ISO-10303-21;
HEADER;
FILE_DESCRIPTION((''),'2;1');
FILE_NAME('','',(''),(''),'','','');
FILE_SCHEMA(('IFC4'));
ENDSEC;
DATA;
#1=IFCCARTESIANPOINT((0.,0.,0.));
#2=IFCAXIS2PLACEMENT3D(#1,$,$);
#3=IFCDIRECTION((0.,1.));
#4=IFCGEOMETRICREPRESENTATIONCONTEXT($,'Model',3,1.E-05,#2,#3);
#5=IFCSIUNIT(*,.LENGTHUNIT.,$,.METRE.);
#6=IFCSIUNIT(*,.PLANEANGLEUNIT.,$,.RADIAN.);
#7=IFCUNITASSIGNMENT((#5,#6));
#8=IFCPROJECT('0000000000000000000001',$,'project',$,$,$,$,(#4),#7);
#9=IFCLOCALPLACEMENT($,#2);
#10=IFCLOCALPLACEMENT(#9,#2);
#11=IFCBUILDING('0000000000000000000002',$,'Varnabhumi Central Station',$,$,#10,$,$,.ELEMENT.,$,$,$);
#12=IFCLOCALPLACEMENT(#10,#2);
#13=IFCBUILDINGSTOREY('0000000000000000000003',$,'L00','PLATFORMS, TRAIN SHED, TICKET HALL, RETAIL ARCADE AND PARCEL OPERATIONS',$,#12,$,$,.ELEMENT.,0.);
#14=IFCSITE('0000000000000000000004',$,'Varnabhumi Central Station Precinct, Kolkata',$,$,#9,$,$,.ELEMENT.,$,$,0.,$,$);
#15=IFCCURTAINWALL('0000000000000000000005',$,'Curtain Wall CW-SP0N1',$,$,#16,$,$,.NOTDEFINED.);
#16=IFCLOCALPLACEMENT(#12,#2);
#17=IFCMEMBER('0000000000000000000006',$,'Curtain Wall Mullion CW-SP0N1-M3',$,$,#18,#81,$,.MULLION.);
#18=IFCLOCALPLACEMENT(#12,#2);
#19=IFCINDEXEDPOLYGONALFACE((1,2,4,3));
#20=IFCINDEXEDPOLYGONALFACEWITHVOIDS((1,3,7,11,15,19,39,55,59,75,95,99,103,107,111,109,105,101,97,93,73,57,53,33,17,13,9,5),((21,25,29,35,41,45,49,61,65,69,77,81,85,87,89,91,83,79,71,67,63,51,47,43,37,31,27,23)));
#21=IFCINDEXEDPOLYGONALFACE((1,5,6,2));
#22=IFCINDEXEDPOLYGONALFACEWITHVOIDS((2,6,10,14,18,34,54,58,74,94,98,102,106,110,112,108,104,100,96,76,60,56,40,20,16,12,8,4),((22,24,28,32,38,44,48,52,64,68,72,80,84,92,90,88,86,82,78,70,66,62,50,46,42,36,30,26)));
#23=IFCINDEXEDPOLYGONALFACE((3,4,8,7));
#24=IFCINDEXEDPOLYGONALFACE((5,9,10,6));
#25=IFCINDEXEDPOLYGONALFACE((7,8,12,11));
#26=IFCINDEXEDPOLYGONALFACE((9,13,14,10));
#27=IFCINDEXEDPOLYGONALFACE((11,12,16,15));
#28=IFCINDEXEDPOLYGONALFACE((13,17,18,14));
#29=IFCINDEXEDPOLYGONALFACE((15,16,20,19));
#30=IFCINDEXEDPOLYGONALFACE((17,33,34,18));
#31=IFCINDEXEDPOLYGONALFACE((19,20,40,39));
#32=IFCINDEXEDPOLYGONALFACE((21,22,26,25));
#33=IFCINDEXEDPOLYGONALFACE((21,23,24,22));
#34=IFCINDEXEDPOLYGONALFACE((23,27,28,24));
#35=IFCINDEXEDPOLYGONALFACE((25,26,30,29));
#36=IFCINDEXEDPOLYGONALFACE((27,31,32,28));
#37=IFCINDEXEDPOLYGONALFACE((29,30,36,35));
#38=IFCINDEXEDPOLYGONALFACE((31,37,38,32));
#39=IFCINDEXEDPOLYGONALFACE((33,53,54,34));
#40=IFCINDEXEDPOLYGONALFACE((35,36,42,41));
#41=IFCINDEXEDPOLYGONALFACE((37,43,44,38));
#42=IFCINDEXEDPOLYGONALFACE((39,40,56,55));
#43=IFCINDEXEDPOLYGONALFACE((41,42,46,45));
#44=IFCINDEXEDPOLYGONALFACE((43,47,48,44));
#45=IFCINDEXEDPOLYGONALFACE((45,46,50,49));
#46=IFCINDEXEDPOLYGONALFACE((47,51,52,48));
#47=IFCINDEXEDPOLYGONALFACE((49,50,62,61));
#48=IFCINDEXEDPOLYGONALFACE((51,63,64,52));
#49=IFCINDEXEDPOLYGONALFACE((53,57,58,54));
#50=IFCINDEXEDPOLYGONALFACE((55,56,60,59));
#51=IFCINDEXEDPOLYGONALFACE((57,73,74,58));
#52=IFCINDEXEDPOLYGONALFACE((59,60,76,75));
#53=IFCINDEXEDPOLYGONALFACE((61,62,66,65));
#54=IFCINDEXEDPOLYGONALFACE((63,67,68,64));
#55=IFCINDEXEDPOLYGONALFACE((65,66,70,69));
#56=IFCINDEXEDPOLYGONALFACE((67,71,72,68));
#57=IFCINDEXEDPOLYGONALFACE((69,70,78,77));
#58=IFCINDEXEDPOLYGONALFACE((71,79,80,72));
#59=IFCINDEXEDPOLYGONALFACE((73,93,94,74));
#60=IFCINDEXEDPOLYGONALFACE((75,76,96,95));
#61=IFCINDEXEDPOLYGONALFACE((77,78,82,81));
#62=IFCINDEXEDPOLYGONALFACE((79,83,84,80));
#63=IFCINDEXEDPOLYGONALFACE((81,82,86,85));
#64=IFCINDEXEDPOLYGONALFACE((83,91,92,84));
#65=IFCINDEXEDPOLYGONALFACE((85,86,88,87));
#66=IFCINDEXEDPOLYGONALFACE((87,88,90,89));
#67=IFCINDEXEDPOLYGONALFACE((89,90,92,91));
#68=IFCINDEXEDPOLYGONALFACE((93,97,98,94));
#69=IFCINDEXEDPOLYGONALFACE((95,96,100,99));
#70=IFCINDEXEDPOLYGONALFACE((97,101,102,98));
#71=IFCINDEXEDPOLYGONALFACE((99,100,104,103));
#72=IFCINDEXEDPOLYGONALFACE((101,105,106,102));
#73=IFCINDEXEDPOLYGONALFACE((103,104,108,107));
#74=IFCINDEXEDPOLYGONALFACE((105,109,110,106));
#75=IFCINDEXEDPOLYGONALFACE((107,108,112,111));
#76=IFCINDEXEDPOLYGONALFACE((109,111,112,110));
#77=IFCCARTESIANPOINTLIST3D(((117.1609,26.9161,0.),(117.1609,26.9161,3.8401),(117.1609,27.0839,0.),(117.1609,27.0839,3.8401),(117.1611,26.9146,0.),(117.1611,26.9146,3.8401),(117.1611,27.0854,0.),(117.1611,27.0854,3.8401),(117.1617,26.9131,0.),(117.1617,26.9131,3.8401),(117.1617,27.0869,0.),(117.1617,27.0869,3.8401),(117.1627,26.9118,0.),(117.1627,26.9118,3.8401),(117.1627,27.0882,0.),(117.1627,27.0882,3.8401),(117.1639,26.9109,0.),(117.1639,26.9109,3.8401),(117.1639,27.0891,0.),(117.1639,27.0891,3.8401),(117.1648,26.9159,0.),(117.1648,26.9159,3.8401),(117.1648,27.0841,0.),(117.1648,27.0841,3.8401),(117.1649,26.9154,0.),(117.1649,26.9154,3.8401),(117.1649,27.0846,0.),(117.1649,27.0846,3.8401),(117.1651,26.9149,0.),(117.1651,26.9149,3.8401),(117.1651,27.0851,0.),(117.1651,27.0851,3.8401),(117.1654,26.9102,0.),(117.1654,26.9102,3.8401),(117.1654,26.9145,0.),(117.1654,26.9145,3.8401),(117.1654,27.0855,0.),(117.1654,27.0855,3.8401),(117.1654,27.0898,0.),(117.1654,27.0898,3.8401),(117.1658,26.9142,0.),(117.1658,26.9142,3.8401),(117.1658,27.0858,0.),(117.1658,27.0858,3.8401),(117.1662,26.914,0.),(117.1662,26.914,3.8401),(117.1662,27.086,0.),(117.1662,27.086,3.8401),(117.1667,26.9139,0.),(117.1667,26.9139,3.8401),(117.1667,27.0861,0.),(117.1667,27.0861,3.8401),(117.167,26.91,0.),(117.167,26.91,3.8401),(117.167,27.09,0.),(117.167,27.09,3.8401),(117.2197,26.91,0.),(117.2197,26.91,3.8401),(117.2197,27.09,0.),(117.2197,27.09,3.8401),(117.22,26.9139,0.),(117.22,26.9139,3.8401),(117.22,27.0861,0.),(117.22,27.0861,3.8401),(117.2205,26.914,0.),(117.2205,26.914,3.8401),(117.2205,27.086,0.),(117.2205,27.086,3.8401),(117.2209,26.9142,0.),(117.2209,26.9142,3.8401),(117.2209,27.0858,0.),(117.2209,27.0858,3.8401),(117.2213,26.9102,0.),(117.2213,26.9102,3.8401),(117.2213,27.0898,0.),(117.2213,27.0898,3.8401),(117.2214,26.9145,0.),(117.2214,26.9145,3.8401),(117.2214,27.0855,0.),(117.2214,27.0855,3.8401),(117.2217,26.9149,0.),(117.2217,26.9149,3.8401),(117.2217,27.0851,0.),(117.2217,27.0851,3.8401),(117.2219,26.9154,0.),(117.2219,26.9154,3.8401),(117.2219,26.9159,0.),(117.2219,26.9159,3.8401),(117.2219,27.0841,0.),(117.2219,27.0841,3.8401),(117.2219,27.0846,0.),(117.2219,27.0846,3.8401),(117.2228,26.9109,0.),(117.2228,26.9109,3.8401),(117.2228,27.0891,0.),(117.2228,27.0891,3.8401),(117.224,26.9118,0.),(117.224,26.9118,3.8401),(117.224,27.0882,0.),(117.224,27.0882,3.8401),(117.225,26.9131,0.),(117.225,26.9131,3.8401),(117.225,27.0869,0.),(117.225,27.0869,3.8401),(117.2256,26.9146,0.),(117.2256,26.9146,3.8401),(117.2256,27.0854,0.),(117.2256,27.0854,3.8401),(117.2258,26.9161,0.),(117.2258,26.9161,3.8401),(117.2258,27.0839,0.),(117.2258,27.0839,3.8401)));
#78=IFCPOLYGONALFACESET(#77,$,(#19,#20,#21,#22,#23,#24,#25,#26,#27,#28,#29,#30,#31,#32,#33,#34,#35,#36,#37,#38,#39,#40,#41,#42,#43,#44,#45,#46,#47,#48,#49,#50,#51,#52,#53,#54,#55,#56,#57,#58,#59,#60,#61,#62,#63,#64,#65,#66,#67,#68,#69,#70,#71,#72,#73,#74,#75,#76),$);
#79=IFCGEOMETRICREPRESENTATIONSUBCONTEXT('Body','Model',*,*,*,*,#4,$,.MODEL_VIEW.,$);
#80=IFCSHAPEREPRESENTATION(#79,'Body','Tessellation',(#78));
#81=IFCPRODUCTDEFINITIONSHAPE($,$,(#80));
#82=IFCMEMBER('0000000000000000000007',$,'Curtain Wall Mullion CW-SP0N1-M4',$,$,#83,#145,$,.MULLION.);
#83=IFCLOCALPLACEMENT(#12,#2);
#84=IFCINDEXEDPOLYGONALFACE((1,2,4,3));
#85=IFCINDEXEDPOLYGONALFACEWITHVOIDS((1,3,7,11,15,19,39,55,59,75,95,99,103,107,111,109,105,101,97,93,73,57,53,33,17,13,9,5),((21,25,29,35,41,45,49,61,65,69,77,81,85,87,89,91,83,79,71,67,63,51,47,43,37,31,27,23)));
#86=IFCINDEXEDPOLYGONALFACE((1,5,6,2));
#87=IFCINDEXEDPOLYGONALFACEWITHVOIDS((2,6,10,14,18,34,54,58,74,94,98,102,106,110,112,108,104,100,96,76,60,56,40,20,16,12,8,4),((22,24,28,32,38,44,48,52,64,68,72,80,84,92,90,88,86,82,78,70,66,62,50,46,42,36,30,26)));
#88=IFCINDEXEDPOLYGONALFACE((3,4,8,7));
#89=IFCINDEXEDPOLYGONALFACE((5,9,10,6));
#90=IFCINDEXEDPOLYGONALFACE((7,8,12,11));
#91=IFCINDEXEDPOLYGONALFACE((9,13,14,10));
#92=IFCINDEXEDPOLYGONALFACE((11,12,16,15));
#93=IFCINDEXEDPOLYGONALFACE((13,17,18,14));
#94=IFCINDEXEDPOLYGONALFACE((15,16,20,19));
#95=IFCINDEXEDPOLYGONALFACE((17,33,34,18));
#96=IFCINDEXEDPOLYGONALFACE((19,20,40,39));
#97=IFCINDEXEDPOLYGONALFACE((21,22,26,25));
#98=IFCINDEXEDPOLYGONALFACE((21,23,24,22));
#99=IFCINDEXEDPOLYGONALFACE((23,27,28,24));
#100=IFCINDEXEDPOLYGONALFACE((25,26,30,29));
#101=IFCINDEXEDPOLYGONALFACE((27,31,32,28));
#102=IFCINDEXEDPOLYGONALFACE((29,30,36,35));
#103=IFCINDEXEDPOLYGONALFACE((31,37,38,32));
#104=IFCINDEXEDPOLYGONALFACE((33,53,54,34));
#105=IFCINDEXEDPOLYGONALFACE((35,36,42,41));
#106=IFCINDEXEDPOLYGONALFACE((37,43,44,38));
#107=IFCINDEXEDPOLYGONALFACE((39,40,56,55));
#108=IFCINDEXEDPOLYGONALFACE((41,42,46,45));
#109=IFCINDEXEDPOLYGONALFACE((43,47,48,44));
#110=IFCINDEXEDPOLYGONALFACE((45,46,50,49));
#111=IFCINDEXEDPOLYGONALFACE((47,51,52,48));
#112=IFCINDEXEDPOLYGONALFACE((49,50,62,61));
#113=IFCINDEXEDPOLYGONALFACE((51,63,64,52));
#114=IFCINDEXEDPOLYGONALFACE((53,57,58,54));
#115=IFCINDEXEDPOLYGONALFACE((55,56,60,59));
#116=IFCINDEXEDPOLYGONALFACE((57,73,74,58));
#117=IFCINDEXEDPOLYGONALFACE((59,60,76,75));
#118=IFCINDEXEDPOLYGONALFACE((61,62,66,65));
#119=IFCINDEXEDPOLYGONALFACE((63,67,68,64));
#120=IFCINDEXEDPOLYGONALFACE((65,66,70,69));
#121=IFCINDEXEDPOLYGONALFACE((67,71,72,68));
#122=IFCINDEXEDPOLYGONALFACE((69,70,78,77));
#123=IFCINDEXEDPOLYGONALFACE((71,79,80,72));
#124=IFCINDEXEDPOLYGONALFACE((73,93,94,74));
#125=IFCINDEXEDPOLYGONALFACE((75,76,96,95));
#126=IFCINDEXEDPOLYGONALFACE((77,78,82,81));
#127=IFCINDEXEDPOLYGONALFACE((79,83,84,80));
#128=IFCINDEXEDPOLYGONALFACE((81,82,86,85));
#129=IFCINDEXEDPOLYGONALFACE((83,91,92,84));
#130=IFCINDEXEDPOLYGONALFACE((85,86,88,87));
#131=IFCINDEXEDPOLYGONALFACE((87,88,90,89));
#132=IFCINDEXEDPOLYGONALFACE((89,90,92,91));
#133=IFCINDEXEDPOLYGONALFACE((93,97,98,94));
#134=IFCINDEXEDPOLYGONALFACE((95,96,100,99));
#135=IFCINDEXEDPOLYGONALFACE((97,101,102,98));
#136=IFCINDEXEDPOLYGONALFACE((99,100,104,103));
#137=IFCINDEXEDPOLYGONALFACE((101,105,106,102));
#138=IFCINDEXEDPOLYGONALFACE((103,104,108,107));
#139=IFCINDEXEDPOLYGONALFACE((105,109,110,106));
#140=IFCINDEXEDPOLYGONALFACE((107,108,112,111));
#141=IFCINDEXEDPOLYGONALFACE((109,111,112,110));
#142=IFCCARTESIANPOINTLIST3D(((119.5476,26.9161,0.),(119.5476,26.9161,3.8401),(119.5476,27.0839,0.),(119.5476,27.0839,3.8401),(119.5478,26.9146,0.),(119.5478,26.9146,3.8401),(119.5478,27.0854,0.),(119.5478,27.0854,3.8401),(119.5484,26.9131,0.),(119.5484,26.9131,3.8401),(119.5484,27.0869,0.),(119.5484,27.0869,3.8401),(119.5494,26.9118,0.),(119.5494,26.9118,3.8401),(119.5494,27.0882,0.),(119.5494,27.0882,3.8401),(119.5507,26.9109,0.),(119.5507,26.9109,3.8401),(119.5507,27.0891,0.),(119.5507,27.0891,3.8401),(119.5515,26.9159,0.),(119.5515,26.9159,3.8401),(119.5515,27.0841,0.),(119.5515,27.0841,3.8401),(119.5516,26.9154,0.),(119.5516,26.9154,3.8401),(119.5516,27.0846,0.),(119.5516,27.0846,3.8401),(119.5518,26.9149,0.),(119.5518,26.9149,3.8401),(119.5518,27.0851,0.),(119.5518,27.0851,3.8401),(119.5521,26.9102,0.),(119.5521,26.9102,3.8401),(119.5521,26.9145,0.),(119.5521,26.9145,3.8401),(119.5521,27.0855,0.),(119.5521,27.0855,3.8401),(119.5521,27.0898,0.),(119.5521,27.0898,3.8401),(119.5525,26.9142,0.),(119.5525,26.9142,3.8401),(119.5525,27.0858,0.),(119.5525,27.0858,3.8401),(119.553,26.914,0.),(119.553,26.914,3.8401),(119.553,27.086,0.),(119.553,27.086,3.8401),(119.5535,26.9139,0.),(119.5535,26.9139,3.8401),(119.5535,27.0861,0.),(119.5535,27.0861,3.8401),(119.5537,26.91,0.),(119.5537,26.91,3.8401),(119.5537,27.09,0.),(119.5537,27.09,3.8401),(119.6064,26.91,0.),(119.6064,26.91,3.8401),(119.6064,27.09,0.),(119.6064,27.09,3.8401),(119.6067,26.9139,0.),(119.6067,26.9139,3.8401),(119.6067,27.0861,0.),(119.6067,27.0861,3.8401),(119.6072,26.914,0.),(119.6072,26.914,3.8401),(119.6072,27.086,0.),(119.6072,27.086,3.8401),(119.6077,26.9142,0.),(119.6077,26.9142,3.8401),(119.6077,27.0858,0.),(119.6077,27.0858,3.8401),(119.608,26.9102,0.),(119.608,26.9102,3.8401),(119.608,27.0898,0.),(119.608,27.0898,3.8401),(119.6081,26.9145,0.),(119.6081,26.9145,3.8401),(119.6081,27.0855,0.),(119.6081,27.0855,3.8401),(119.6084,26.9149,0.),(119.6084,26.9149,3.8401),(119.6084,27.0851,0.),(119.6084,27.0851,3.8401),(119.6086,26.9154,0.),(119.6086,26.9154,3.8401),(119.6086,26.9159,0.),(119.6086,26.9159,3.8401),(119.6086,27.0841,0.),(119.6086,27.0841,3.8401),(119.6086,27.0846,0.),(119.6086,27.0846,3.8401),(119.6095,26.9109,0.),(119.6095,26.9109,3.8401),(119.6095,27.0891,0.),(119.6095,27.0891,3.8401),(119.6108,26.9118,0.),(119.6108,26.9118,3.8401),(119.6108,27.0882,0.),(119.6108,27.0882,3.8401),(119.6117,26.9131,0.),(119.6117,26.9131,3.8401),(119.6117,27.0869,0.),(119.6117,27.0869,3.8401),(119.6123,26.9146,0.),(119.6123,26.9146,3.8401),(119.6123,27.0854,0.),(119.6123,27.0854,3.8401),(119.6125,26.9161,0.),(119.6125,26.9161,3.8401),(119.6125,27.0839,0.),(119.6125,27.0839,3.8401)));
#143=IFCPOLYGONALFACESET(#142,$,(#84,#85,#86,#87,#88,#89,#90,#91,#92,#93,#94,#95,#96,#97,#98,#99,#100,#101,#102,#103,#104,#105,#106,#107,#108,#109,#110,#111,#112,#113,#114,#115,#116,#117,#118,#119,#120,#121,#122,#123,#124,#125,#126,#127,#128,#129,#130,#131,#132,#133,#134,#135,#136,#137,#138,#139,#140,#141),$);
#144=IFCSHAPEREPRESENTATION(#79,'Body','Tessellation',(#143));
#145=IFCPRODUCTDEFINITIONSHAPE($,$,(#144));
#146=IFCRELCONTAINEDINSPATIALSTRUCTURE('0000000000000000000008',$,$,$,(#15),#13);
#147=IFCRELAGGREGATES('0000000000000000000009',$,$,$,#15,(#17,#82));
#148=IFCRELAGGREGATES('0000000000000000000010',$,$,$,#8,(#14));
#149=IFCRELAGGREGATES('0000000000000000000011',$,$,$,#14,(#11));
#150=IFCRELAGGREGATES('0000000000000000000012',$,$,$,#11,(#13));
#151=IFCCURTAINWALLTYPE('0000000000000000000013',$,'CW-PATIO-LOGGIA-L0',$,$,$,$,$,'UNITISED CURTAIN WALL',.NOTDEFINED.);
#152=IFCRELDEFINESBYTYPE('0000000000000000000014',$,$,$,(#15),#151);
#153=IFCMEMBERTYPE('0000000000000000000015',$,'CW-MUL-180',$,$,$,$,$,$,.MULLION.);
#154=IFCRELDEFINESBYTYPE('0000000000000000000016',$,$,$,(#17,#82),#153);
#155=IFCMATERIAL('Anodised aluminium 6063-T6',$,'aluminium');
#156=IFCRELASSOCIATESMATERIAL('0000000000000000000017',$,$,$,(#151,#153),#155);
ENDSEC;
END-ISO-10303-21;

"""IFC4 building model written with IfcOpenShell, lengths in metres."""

from ifc_helpers import new_model, si_unit, direction, frame, origin, origin_2d, place, context, subcontext, project, spatial, hollow_rectangle, extrude, material, material_profile, profile_set, type_object, element, aggregate, save


model = new_model("IFC4")

# Units and contexts
model_context = context("Model", 3, precision=1e-05, world=origin(), true_north=direction((0.0, 1.0)))
body_context = subcontext(model_context, "Body", "Model", "MODEL_VIEW")
ifc_project = project(units=[si_unit("LENGTHUNIT", "METRE"), si_unit("PLANEANGLEUNIT", "RADIAN")], contexts=[model_context])

# Site, building, storey
site_placement = place(None, origin())
site = spatial("IfcSite", under=ifc_project, at=site_placement, Name="Varnabhumi Central Station Precinct, Kolkata", CompositionType="ELEMENT", RefElevation=0.0)
building_placement = place(site_placement, origin())
building = spatial("IfcBuilding", under=site, at=building_placement, Name="Varnabhumi Central Station", CompositionType="ELEMENT")
storey_placement = place(building_placement, origin())
storey = spatial("IfcBuildingStorey", under=building, at=storey_placement, Name="L00", Description="PLATFORMS, TRAIN SHED, TICKET HALL, RETAIL ARCADE AND PARCEL OPERATIONS", CompositionType="ELEMENT", Elevation=0.0)

# Curtain wall, members
ifc_material_1 = material(Name="Anodised aluminium 6063-T6", Category="aluminium")
curtain_wall_type = type_object("IfcCurtainWallType", Name="CW-PATIO-LOGGIA-L0", ElementType="UNITISED CURTAIN WALL", PredefinedType="NOTDEFINED", material=ifc_material_1)
curtain_wall_1_placement = place(storey_placement, origin())
curtain_wall_1 = element("IfcCurtainWall", 1, at=curtain_wall_1_placement, inside=storey, type_object=curtain_wall_type, Name="Curtain Wall CW-SP0N1", PredefinedType="NOTDEFINED")
ifc_material_profile_1 = material_profile(ifc_material_1, hollow_rectangle(XDim=0.0649, YDim=0.1799, WallThickness=0.0039, InnerFilletRadius=0.002, OuterFilletRadius=0.0061, at=origin_2d()), Name="Anodised aluminium 6063-T6", Category="aluminium")
ifc_profile_set_1 = profile_set([ifc_material_profile_1], Name="Anodised aluminium 6063-T6")
member_type_1 = type_object("IfcMemberType", Name="CW-MUL-180", PredefinedType="MULLION", material=ifc_profile_set_1)
member_1_placement = place(storey_placement, frame((117.1934, 27.0, 0.0), z_axis=(0.0, 0.0, 1.0), x_axis=(1.0, 0.0, 0.0)))
member_1 = element("IfcMember", 2, at=member_1_placement, type_object=member_type_1, Name="Curtain Wall Mullion CW-SP0N1-M3", PredefinedType="MULLION", context=body_context, shape_type="SweptSolid", body=[
    extrude(hollow_rectangle(XDim=0.0649, YDim=0.1799, WallThickness=0.0039, InnerFilletRadius=0.002, OuterFilletRadius=0.0061, at=origin_2d()), origin(), (0.0, 0.0, 1.0), 3.8401),
])
member_2_placement = place(storey_placement, frame((119.5801, 27.0, 0.0), z_axis=(0.0, 0.0, 1.0), x_axis=(1.0, 0.0, 0.0)))
member_2 = element("IfcMember", 3, at=member_2_placement, type_object=member_type_1, Name="Curtain Wall Mullion CW-SP0N1-M4", PredefinedType="MULLION", context=body_context, shape_type="SweptSolid", body=[
    extrude(hollow_rectangle(XDim=0.0649, YDim=0.1799, WallThickness=0.0039, InnerFilletRadius=0.002, OuterFilletRadius=0.0061, at=origin_2d()), origin(), (0.0, 0.0, 1.0), 3.8401),
])

aggregate(curtain_wall_1, [member_1, member_2])

save(model, "model.ifc")
